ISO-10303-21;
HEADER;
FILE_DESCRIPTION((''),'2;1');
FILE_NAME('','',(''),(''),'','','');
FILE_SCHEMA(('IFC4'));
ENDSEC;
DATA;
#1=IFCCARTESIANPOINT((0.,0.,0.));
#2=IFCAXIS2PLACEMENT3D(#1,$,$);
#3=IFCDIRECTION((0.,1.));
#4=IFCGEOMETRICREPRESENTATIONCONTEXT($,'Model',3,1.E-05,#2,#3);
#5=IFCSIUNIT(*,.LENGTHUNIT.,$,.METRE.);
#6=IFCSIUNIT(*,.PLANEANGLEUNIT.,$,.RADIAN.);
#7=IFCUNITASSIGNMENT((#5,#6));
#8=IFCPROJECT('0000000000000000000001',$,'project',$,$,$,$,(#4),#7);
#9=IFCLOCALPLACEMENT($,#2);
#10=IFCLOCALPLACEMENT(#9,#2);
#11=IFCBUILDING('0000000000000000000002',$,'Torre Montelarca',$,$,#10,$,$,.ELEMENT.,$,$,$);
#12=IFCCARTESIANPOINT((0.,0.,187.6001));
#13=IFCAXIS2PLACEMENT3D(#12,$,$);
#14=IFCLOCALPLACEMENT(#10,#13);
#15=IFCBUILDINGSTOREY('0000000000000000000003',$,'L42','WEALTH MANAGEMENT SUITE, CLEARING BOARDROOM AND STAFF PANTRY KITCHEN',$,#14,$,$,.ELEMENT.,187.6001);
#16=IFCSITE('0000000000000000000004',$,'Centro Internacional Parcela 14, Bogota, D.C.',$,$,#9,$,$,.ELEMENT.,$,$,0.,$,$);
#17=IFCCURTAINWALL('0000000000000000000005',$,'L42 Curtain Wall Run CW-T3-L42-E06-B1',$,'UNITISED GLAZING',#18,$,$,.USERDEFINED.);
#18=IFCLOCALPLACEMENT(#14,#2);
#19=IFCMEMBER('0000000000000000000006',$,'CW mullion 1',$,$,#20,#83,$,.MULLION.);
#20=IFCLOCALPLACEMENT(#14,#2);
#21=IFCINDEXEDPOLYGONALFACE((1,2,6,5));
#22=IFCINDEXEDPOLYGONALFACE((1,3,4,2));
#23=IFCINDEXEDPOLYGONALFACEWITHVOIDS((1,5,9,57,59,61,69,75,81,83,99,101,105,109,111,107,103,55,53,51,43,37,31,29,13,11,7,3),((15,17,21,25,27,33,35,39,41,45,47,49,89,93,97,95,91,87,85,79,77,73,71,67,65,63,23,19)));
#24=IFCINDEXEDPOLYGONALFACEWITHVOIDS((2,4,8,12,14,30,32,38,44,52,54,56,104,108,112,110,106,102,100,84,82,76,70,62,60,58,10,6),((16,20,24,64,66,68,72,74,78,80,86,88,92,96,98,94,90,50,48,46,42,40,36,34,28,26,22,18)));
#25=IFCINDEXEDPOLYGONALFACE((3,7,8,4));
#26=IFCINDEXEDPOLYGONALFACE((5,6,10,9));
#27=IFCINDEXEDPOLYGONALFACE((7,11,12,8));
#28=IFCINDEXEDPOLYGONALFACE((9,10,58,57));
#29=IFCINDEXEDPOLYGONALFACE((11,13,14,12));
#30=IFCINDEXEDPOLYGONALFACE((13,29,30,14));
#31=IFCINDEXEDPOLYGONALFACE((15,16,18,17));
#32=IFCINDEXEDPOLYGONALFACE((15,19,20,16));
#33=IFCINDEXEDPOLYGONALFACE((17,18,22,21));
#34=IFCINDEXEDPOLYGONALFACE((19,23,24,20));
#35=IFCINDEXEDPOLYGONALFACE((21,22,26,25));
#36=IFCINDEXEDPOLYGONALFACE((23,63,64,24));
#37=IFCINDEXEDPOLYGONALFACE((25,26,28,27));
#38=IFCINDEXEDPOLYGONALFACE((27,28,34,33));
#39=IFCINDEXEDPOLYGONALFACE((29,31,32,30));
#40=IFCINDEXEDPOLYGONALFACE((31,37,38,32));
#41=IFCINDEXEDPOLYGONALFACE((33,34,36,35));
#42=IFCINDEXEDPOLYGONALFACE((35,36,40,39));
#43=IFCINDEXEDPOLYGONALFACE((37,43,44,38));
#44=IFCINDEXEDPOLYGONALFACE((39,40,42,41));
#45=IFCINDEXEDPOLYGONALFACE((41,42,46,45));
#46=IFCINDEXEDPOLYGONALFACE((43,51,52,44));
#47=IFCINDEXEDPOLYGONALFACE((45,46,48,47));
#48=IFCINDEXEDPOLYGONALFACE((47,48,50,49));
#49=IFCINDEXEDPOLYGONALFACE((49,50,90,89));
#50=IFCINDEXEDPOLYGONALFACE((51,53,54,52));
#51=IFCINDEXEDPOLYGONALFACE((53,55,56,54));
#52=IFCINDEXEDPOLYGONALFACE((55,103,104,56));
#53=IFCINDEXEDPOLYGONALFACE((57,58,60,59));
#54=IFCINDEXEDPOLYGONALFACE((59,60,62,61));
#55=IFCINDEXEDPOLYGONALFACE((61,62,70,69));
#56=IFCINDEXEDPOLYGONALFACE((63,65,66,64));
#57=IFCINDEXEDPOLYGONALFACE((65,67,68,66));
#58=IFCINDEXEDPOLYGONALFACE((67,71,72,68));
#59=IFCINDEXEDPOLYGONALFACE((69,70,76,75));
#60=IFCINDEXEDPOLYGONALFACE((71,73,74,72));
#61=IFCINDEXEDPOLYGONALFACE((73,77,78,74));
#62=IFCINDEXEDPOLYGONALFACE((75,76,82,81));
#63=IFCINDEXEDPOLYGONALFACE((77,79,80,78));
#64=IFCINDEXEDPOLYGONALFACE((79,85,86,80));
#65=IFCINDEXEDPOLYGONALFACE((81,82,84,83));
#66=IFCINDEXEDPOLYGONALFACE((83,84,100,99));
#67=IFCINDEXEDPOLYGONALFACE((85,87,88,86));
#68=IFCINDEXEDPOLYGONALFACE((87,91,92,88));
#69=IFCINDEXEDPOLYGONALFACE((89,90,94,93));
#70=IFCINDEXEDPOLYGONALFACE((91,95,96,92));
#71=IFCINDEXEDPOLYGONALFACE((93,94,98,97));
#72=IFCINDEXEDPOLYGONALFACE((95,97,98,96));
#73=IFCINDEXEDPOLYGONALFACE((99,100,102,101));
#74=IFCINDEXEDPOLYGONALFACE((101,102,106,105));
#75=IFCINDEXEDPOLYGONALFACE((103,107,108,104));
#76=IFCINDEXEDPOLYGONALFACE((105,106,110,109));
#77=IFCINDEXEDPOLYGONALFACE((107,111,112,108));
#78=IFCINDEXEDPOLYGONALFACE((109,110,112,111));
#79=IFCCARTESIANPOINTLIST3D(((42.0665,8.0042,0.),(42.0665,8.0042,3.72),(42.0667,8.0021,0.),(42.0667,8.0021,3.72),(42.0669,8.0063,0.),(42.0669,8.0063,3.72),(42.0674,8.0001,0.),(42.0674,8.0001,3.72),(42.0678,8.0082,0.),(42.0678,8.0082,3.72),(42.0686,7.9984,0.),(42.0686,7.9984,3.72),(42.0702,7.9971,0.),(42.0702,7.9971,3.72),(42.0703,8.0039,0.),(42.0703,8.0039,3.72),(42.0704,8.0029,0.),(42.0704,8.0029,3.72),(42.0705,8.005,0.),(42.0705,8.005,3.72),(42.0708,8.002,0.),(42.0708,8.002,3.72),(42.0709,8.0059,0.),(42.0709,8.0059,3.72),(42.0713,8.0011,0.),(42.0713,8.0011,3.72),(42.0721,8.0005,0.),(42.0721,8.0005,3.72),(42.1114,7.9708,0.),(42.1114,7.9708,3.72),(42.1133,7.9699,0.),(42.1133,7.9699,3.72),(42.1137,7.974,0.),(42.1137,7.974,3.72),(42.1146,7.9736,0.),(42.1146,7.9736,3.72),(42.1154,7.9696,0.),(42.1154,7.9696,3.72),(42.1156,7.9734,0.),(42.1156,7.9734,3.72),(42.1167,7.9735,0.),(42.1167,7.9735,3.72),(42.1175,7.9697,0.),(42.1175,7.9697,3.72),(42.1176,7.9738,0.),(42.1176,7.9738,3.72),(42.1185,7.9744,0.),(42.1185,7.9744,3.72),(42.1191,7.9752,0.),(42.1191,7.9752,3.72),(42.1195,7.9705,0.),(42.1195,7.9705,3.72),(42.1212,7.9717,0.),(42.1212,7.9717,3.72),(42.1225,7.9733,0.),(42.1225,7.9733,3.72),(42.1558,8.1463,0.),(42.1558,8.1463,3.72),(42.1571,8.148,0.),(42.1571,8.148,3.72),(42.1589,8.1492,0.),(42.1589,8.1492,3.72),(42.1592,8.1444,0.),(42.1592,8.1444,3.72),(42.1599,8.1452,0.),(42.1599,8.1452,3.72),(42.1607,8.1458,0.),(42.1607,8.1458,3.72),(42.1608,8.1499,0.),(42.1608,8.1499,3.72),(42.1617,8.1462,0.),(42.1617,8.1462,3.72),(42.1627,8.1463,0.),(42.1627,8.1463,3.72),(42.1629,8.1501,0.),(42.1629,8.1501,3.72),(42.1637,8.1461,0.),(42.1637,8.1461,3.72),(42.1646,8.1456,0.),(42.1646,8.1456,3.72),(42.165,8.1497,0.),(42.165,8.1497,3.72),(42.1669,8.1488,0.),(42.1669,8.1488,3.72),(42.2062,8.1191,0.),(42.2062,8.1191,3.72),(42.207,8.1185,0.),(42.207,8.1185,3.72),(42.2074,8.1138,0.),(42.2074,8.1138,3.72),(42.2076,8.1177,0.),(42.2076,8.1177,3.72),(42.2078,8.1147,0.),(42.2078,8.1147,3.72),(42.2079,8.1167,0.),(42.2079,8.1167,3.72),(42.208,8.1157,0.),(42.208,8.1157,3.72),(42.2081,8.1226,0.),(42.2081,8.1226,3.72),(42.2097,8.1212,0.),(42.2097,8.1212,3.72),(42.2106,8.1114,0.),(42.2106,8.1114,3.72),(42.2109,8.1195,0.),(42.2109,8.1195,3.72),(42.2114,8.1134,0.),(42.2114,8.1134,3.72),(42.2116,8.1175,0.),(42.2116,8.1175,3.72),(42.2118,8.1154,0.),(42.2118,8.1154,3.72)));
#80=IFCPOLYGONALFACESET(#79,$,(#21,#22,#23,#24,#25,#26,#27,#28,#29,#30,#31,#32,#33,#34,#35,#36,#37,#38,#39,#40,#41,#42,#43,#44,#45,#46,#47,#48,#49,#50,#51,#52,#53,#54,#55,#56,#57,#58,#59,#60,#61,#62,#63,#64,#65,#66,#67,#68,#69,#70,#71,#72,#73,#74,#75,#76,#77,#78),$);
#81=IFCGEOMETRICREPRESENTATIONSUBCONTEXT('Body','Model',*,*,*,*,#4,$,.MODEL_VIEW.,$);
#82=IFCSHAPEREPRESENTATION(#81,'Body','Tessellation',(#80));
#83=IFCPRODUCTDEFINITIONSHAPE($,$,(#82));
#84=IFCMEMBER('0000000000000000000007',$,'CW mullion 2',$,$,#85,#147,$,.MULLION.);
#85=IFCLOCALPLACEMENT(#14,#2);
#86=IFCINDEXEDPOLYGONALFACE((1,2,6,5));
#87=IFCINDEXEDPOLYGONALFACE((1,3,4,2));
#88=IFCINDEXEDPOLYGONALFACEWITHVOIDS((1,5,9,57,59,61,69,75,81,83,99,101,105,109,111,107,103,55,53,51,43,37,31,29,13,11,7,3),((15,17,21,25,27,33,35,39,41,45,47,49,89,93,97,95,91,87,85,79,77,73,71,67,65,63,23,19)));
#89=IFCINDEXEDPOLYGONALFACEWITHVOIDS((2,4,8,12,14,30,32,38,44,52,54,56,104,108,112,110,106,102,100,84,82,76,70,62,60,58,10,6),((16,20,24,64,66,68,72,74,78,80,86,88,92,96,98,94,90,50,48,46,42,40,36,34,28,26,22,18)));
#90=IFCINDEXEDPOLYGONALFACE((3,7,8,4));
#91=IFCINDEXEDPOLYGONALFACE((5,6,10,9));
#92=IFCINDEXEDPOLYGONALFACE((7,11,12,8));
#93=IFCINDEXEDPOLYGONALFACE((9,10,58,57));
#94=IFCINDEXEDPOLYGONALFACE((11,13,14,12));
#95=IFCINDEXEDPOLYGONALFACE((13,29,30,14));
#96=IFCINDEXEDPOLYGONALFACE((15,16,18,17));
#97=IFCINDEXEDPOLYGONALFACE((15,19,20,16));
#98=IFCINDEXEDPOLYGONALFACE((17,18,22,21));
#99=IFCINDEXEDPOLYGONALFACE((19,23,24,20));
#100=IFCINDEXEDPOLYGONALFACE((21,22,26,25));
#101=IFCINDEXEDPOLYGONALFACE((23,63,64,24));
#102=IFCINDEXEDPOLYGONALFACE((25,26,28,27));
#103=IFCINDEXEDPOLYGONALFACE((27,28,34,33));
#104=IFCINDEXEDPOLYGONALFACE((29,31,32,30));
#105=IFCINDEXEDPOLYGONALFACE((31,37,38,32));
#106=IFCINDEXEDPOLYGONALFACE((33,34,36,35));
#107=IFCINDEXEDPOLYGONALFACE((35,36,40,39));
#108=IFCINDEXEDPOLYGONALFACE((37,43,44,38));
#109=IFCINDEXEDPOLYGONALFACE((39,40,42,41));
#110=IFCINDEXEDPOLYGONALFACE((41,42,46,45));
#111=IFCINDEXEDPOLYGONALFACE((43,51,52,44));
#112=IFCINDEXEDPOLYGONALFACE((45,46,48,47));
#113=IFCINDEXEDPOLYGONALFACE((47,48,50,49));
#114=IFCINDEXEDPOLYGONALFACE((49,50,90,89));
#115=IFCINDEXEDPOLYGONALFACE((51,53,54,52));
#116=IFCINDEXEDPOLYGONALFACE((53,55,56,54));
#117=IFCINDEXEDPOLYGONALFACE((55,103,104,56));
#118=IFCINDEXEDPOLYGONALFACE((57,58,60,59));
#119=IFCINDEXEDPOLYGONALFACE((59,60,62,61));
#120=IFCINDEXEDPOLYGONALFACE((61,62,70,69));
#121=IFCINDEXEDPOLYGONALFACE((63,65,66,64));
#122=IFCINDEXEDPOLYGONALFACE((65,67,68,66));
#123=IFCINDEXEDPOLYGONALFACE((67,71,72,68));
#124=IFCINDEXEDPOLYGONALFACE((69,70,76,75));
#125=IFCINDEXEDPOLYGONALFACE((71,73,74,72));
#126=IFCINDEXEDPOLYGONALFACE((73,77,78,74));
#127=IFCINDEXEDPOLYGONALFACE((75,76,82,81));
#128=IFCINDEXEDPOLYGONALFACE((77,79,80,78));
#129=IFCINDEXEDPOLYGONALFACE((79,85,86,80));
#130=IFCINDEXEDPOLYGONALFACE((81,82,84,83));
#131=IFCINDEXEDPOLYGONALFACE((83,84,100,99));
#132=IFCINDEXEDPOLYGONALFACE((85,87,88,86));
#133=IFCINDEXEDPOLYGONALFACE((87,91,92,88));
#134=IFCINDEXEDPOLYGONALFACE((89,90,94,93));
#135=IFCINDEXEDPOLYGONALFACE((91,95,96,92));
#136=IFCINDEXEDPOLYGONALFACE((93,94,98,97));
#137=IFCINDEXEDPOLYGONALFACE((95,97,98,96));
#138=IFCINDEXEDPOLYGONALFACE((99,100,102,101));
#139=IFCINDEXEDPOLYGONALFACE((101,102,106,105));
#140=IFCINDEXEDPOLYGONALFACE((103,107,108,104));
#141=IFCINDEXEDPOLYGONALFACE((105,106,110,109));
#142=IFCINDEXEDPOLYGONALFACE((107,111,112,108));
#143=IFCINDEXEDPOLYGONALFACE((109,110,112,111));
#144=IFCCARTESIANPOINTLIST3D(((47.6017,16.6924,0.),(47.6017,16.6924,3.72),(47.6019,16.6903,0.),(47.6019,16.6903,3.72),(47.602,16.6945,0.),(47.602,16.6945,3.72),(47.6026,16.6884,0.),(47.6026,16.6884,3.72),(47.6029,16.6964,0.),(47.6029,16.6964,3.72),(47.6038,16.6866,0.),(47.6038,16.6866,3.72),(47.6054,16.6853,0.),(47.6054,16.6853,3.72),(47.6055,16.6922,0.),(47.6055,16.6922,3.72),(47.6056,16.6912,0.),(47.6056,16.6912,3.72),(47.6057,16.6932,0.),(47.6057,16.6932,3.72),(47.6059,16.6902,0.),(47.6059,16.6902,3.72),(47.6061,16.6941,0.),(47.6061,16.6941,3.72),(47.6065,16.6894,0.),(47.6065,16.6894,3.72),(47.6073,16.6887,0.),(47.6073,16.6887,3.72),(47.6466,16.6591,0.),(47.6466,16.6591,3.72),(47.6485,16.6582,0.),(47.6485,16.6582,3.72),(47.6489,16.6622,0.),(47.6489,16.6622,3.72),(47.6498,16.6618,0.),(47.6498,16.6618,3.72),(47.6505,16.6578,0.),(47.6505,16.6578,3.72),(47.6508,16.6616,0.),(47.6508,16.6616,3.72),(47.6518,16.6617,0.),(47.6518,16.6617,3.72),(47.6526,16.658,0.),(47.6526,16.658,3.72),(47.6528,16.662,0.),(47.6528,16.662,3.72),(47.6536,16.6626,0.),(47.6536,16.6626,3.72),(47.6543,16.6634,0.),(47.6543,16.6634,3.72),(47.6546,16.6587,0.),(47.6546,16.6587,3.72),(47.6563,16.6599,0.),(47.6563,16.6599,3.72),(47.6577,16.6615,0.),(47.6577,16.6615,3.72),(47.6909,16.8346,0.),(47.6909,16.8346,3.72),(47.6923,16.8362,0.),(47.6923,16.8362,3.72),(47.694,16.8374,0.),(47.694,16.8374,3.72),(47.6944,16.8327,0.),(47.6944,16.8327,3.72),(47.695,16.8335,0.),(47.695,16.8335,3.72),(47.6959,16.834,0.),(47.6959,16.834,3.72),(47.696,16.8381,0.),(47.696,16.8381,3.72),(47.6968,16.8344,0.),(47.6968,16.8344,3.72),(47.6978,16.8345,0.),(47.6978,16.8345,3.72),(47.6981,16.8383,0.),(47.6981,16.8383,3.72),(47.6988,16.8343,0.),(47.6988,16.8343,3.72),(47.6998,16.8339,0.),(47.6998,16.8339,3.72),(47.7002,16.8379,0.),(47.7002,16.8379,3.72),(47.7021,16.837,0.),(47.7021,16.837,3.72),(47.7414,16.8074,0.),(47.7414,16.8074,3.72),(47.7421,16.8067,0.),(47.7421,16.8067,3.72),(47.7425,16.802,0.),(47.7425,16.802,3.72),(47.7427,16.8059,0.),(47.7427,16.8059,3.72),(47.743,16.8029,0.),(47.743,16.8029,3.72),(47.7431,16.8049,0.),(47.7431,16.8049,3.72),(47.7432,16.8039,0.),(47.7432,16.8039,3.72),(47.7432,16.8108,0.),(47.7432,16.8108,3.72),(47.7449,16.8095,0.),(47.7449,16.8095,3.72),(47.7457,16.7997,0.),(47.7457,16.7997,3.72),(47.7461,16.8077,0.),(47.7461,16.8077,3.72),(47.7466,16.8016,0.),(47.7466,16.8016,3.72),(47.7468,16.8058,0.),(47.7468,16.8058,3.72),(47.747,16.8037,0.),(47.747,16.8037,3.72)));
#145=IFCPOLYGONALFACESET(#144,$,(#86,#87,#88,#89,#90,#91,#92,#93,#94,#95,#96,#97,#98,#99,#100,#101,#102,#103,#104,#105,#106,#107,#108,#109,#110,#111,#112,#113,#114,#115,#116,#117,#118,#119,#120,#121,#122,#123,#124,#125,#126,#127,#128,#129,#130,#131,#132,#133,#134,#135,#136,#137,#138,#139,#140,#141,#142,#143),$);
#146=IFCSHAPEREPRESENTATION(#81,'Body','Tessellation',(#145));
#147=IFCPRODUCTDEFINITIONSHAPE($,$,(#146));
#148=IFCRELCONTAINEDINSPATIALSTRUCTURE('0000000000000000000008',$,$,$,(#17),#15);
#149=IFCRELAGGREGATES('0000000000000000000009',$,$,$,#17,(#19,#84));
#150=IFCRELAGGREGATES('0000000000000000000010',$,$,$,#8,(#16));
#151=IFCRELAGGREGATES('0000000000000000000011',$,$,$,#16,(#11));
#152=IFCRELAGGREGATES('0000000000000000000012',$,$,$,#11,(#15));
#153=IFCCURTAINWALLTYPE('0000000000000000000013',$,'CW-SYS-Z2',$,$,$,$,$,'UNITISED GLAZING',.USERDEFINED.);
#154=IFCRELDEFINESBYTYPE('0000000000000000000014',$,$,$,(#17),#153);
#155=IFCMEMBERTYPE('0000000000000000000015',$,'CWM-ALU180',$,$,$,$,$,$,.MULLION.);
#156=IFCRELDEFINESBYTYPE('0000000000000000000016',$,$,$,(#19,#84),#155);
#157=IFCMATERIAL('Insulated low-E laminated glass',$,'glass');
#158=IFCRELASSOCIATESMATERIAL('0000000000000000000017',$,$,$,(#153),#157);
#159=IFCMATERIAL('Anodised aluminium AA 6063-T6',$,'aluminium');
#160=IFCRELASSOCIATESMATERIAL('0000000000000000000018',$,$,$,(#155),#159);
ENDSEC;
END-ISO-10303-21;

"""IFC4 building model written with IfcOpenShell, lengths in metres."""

from ifc_helpers import new_model, si_unit, direction, frame, origin, origin_2d, place, context, subcontext, project, spatial, hollow_rectangle, extrude, source, transform, mapped, material, material_profile, profile_set, type_object, element, aggregate, save


model = new_model("IFC4")

# Units and contexts
model_context = context("Model", 3, precision=1e-05, world=origin(), true_north=direction((0.0, 1.0)))
body_context = subcontext(model_context, "Body", "Model", "MODEL_VIEW")
ifc_project = project(units=[si_unit("LENGTHUNIT", "METRE"), si_unit("PLANEANGLEUNIT", "RADIAN")], contexts=[model_context])

# Site, building, storey
site_placement = place(None, origin())
site = spatial("IfcSite", under=ifc_project, at=site_placement, Name="Centro Internacional Parcela 14, Bogota, D.C.", CompositionType="ELEMENT", RefElevation=0.0)
building_placement = place(site_placement, origin())
building = spatial("IfcBuilding", under=site, at=building_placement, Name="Torre Montelarca", CompositionType="ELEMENT")
storey_placement = place(building_placement, frame((0.0, 0.0, 187.6001)))
storey = spatial("IfcBuildingStorey", under=building, at=storey_placement, Name="L42", Description="WEALTH MANAGEMENT SUITE, CLEARING BOARDROOM AND STAFF PANTRY KITCHEN", CompositionType="ELEMENT", Elevation=187.6001)

# Shared definitions
ifc_material_1 = material(Name="Insulated low-E laminated glass", Category="glass")
curtain_wall_type = type_object("IfcCurtainWallType", Name="CW-SYS-Z2", ElementType="UNITISED GLAZING", PredefinedType="USERDEFINED", material=ifc_material_1)
ifc_material_2 = material(Name="Anodised aluminium AA 6063-T6", Category="aluminium")

# Curtain wall
curtain_wall_1_placement = place(storey_placement, origin())
curtain_wall_1 = element("IfcCurtainWall", 1, at=curtain_wall_1_placement, inside=storey, type_object=curtain_wall_type, Name="L42 Curtain Wall Run CW-T3-L42-E06-B1", ObjectType="UNITISED GLAZING", PredefinedType="USERDEFINED")

# Members
ifc_material_profile_1 = material_profile(ifc_material_2, hollow_rectangle(XDim=0.0649, YDim=0.1799, WallThickness=0.0039, InnerFilletRadius=0.0039, OuterFilletRadius=0.0081, at=origin_2d()), Name="ALU65X180X4", Category="aluminium")
ifc_profile_set_1 = profile_set([ifc_material_profile_1], Name="Anodised aluminium AA 6063-T6")
member_type_1 = type_object("IfcMemberType", Name="CWM-ALU180", PredefinedType="MULLION", material=ifc_profile_set_1)
shared_shape_1 = source(origin(), body_context, "Body", "SweptSolid", [
    extrude(hollow_rectangle(XDim=0.0649, YDim=0.1799, WallThickness=0.0039, InnerFilletRadius=0.0039, OuterFilletRadius=0.0081, at=origin_2d()), origin(), (0.0, 0.0, 1.0), 3.72),
])
member_1_placement = place(storey_placement, frame((42.1392, 8.0598, 0.0), z_axis=(0.0, 0.0, 1.0), x_axis=(-0.843389, 0.537303, 0.0)))
member_1 = element("IfcMember", 2, at=member_1_placement, type_object=member_type_1, Name="CW mullion 1", PredefinedType="MULLION", context=body_context, shape_type="MappedRepresentation", body=[
    mapped(shared_shape_1, transform((0.0, 0.0, 0.0), scale=1.0)),
])
member_2_placement = place(storey_placement, frame((47.6743, 16.748, 0.0), z_axis=(0.0, 0.0, 1.0), x_axis=(-0.843389, 0.537303, 0.0)))
member_2 = element("IfcMember", 3, at=member_2_placement, type_object=member_type_1, Name="CW mullion 2", PredefinedType="MULLION", context=body_context, shape_type="MappedRepresentation", body=[
    mapped(shared_shape_1, transform((0.0, 0.0, 0.0), scale=1.0)),
])

aggregate(curtain_wall_1, [member_1, member_2])

save(model, "model.ifc")
